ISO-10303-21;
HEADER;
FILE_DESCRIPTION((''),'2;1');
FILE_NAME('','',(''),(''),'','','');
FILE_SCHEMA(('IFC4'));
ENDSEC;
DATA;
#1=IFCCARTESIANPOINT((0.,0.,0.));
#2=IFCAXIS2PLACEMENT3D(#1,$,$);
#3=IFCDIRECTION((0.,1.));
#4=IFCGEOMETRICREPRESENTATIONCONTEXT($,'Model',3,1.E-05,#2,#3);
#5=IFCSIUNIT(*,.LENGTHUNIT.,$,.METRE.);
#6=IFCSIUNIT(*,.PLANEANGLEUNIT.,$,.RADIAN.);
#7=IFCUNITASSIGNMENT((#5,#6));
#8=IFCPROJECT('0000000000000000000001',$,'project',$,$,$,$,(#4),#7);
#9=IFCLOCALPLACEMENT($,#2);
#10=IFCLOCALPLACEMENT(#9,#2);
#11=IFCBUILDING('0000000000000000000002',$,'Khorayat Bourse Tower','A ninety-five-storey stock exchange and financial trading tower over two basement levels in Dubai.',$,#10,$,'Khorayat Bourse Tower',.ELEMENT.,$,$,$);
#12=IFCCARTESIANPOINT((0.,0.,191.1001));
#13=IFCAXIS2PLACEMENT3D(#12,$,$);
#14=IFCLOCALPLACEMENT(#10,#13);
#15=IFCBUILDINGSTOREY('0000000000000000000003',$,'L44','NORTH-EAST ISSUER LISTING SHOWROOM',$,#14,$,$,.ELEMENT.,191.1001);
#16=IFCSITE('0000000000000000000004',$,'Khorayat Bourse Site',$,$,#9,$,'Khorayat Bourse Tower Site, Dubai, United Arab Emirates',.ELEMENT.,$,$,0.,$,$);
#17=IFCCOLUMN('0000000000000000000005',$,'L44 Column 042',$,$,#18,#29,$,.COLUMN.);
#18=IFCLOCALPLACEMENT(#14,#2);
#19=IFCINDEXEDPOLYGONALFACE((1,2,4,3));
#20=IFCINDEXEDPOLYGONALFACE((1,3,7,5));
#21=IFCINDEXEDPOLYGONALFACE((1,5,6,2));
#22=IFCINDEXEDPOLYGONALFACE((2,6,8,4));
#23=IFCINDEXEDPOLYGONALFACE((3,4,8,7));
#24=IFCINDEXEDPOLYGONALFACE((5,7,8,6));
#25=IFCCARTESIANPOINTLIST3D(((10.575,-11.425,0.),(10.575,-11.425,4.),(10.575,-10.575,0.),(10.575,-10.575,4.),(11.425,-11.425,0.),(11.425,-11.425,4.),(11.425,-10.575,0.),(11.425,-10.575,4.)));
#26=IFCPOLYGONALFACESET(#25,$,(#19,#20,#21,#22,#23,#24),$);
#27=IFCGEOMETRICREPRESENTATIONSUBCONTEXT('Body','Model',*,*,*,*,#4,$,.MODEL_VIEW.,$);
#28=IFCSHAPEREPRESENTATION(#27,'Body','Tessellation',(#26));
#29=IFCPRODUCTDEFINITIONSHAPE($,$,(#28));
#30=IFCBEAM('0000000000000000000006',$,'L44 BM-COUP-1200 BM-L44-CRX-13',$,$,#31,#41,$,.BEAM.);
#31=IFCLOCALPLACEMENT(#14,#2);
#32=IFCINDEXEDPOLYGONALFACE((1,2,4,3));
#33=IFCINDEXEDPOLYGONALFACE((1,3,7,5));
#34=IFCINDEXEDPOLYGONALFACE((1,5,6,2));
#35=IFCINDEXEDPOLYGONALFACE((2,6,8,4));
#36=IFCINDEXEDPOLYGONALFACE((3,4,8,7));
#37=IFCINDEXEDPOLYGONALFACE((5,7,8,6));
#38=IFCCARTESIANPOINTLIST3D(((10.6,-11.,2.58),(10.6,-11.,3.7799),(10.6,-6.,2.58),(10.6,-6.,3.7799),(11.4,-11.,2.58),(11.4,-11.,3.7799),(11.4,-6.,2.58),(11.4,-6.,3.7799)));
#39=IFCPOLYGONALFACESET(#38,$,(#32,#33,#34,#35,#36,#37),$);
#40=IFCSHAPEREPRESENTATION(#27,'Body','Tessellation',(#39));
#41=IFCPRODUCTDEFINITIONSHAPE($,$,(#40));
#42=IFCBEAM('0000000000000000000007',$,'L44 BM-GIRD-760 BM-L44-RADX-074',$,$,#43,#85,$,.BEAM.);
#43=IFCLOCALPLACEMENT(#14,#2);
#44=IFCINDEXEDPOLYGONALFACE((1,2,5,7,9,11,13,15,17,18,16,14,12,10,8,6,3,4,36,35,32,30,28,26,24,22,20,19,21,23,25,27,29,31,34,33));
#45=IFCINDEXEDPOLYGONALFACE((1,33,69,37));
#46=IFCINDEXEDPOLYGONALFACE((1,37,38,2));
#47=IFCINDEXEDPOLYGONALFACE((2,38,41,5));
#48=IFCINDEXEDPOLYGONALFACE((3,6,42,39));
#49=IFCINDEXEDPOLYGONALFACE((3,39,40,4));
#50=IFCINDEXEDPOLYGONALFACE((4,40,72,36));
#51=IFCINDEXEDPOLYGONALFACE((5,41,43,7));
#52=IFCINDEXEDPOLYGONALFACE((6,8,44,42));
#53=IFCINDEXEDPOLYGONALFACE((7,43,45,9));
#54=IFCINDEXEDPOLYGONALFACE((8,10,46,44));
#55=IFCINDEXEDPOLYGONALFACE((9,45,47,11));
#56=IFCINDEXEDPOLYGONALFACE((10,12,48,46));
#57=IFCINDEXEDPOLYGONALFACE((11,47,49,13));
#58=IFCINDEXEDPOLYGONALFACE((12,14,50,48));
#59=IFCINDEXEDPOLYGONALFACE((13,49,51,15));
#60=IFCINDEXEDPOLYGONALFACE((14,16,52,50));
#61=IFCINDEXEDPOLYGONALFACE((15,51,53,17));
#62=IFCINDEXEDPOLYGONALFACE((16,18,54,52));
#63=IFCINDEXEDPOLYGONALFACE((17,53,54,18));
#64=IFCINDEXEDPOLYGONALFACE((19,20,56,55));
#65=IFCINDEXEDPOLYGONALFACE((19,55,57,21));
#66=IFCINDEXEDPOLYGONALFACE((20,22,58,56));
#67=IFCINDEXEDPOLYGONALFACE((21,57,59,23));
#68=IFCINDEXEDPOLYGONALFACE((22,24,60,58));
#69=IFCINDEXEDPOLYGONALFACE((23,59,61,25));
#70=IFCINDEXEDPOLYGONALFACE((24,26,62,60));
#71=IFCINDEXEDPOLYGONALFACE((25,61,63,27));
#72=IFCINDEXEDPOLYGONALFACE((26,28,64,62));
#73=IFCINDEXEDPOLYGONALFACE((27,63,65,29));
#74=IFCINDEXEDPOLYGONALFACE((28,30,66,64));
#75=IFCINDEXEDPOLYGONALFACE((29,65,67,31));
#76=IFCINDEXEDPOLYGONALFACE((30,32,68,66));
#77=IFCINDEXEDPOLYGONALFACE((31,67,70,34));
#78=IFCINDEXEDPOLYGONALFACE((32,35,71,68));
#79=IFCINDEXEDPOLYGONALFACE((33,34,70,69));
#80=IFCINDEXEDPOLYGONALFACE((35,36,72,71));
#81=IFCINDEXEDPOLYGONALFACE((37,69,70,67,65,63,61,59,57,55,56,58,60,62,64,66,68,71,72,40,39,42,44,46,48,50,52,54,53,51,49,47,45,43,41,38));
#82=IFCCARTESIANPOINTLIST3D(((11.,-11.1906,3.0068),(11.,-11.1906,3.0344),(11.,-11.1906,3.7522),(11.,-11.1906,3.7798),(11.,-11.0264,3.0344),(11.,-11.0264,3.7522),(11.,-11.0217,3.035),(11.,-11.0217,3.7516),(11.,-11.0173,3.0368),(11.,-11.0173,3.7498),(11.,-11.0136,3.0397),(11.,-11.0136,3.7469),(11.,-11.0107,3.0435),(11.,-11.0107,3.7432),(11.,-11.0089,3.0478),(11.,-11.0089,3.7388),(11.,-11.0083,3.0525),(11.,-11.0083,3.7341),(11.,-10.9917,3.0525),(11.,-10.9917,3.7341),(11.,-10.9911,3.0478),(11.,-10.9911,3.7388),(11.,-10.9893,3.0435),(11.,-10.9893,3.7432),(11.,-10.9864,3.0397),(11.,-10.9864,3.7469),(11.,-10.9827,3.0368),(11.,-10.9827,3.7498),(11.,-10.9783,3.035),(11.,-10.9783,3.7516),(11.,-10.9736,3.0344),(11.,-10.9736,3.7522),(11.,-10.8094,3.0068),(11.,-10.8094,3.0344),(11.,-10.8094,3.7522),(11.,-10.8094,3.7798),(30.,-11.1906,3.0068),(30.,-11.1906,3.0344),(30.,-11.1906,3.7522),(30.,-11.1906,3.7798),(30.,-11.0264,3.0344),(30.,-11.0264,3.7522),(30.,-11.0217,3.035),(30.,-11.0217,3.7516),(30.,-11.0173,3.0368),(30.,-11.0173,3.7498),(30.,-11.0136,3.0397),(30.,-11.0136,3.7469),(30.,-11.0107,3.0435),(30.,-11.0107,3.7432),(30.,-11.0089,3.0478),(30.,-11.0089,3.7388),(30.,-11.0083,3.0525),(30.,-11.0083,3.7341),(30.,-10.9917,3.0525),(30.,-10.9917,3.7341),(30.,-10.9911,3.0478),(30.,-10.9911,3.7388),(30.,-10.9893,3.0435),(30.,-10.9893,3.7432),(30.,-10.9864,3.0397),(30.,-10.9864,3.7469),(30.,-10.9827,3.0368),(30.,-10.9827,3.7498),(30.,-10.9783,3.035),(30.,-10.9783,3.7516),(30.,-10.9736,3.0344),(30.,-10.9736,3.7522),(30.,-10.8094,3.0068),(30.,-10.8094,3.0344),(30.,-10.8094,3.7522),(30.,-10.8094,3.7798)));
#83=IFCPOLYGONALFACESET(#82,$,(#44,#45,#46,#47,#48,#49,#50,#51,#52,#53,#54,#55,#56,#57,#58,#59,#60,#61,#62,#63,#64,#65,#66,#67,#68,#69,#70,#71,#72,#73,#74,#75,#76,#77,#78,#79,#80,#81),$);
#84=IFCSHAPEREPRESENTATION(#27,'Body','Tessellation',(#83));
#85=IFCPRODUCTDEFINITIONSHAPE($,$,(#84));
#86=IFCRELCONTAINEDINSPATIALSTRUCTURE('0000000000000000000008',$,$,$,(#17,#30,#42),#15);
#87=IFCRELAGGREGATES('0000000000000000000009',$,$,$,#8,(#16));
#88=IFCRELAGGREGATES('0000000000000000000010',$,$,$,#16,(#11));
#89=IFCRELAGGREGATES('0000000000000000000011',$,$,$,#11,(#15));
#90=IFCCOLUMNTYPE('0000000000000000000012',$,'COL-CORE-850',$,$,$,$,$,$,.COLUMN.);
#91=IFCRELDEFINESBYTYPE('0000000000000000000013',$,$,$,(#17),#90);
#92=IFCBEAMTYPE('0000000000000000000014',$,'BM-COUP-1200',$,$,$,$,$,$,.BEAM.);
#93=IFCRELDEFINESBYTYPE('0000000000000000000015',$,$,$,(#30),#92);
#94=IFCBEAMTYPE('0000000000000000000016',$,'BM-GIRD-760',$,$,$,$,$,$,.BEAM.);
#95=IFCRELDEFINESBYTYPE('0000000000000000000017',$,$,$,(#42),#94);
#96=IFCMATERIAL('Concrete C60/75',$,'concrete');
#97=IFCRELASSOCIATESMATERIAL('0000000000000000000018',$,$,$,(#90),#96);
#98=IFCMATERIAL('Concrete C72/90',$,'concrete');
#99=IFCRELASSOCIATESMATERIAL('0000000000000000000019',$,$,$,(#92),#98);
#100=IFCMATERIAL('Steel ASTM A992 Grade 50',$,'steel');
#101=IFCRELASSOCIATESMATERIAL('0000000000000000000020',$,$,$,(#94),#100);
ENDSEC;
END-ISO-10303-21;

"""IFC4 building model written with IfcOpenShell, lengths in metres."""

from ifc_helpers import new_model, si_unit, direction, frame, origin, origin_2d, place, context, subcontext, project, spatial, rectangle, i_section, extrude, source, transform, mapped, material, material_profile, profile_set, type_object, element, save


model = new_model("IFC4")

# Units and contexts
model_context = context("Model", 3, precision=1e-05, world=origin(), true_north=direction((0.0, 1.0)))
body_context = subcontext(model_context, "Body", "Model", "MODEL_VIEW")
ifc_project = project(units=[si_unit("LENGTHUNIT", "METRE"), si_unit("PLANEANGLEUNIT", "RADIAN")], contexts=[model_context])

# Site, building, storey
site_placement = place(None, origin())
site = spatial("IfcSite", under=ifc_project, at=site_placement, Name="Khorayat Bourse Site", LongName="Khorayat Bourse Tower Site, Dubai, United Arab Emirates", CompositionType="ELEMENT", RefElevation=0.0)
building_placement = place(site_placement, origin())
building = spatial("IfcBuilding", under=site, at=building_placement, Name="Khorayat Bourse Tower", Description="A ninety-five-storey stock exchange and financial trading tower over two basement levels in Dubai.", LongName="Khorayat Bourse Tower", CompositionType="ELEMENT")
storey_placement = place(building_placement, frame((0.0, 0.0, 191.1001)))
storey = spatial("IfcBuildingStorey", under=building, at=storey_placement, Name="L44", Description="NORTH-EAST ISSUER LISTING SHOWROOM", CompositionType="ELEMENT", Elevation=191.1001)

# Column
ifc_material_1 = material(Name="Concrete C60/75", Category="concrete")
ifc_material_profile_1 = material_profile(ifc_material_1, rectangle(XDim=0.8501, YDim=0.8501, at=origin_2d()), Name="RC 850x850")
ifc_profile_set_1 = profile_set([ifc_material_profile_1], Name="Concrete C60/75")
column_type = type_object("IfcColumnType", Name="COL-CORE-850", PredefinedType="COLUMN", material=ifc_profile_set_1)
shared_shape_1 = source(origin(), body_context, "Body", "SweptSolid", [
    extrude(rectangle(XDim=0.8501, YDim=0.8501, at=origin_2d()), origin(), (0.0, 0.0, 1.0), 4.0),
])
column_placement = place(storey_placement, frame((11.0, -11.0, 0.0), z_axis=(0.0, 0.0, 1.0), x_axis=(1.0, 0.0, 0.0)))
element("IfcColumn", 1, at=column_placement, inside=storey, type_object=column_type, Name="L44 Column 042", PredefinedType="COLUMN", context=body_context, shape_type="MappedRepresentation", body=[
    mapped(shared_shape_1, transform((0.0, 0.0, 0.0), scale=1.0)),
])

# Beams
ifc_material_2 = material(Name="Concrete C72/90", Category="concrete")
ifc_material_profile_2 = material_profile(ifc_material_2, rectangle(XDim=0.8, YDim=1.2, at=origin_2d()), Name="RC 800x1200")
ifc_profile_set_2 = profile_set([ifc_material_profile_2], Name="Concrete C72/90")
beam_type_1 = type_object("IfcBeamType", Name="BM-COUP-1200", PredefinedType="BEAM", material=ifc_profile_set_2)
shared_shape_2 = source(origin(), body_context, "Body", "SweptSolid", [
    extrude(rectangle(XDim=0.8, YDim=1.2, at=origin_2d()), origin(), (0.0, 0.0, 1.0), 5.0),
])
beam_1_placement = place(storey_placement, frame((11.0, -11.0, 3.1799), z_axis=(0.0, 1.0, 0.0), x_axis=(-1.0, 0.0, 0.0)))
element("IfcBeam", 2, at=beam_1_placement, inside=storey, type_object=beam_type_1, Name="L44 BM-COUP-1200 BM-L44-CRX-13", PredefinedType="BEAM", context=body_context, shape_type="MappedRepresentation", body=[
    mapped(shared_shape_2, transform((0.0, 0.0, 0.0), scale=1.0)),
])
ifc_material_3 = material(Name="Steel ASTM A992 Grade 50", Category="steel")
ifc_material_profile_3 = material_profile(ifc_material_3, i_section(OverallWidth=0.3811, OverallDepth=0.7729, WebThickness=0.0166, FlangeThickness=0.0276, FilletRadius=0.0181, at=origin_2d()), Name="W760X257")
ifc_profile_set_3 = profile_set([ifc_material_profile_3], Name="Steel ASTM A992 Grade 50")
beam_type_2 = type_object("IfcBeamType", Name="BM-GIRD-760", PredefinedType="BEAM", material=ifc_profile_set_3)
shared_shape_3 = source(origin(), body_context, "Body", "SweptSolid", [
    extrude(i_section(OverallWidth=0.3811, OverallDepth=0.7729, WebThickness=0.0166, FlangeThickness=0.0276, FilletRadius=0.0181, at=origin_2d()), origin(), (0.0, 0.0, 1.0), 19.0),
])
beam_2_placement = place(storey_placement, frame((11.0, -11.0, 3.3933), z_axis=(1.0, 0.0, 0.0), x_axis=(0.0, 1.0, 0.0)))
element("IfcBeam", 3, at=beam_2_placement, inside=storey, type_object=beam_type_2, Name="L44 BM-GIRD-760 BM-L44-RADX-074", PredefinedType="BEAM", context=body_context, shape_type="MappedRepresentation", body=[
    mapped(shared_shape_3, transform((0.0, 0.0, 0.0), scale=1.0)),
])

save(model, "model.ifc")
